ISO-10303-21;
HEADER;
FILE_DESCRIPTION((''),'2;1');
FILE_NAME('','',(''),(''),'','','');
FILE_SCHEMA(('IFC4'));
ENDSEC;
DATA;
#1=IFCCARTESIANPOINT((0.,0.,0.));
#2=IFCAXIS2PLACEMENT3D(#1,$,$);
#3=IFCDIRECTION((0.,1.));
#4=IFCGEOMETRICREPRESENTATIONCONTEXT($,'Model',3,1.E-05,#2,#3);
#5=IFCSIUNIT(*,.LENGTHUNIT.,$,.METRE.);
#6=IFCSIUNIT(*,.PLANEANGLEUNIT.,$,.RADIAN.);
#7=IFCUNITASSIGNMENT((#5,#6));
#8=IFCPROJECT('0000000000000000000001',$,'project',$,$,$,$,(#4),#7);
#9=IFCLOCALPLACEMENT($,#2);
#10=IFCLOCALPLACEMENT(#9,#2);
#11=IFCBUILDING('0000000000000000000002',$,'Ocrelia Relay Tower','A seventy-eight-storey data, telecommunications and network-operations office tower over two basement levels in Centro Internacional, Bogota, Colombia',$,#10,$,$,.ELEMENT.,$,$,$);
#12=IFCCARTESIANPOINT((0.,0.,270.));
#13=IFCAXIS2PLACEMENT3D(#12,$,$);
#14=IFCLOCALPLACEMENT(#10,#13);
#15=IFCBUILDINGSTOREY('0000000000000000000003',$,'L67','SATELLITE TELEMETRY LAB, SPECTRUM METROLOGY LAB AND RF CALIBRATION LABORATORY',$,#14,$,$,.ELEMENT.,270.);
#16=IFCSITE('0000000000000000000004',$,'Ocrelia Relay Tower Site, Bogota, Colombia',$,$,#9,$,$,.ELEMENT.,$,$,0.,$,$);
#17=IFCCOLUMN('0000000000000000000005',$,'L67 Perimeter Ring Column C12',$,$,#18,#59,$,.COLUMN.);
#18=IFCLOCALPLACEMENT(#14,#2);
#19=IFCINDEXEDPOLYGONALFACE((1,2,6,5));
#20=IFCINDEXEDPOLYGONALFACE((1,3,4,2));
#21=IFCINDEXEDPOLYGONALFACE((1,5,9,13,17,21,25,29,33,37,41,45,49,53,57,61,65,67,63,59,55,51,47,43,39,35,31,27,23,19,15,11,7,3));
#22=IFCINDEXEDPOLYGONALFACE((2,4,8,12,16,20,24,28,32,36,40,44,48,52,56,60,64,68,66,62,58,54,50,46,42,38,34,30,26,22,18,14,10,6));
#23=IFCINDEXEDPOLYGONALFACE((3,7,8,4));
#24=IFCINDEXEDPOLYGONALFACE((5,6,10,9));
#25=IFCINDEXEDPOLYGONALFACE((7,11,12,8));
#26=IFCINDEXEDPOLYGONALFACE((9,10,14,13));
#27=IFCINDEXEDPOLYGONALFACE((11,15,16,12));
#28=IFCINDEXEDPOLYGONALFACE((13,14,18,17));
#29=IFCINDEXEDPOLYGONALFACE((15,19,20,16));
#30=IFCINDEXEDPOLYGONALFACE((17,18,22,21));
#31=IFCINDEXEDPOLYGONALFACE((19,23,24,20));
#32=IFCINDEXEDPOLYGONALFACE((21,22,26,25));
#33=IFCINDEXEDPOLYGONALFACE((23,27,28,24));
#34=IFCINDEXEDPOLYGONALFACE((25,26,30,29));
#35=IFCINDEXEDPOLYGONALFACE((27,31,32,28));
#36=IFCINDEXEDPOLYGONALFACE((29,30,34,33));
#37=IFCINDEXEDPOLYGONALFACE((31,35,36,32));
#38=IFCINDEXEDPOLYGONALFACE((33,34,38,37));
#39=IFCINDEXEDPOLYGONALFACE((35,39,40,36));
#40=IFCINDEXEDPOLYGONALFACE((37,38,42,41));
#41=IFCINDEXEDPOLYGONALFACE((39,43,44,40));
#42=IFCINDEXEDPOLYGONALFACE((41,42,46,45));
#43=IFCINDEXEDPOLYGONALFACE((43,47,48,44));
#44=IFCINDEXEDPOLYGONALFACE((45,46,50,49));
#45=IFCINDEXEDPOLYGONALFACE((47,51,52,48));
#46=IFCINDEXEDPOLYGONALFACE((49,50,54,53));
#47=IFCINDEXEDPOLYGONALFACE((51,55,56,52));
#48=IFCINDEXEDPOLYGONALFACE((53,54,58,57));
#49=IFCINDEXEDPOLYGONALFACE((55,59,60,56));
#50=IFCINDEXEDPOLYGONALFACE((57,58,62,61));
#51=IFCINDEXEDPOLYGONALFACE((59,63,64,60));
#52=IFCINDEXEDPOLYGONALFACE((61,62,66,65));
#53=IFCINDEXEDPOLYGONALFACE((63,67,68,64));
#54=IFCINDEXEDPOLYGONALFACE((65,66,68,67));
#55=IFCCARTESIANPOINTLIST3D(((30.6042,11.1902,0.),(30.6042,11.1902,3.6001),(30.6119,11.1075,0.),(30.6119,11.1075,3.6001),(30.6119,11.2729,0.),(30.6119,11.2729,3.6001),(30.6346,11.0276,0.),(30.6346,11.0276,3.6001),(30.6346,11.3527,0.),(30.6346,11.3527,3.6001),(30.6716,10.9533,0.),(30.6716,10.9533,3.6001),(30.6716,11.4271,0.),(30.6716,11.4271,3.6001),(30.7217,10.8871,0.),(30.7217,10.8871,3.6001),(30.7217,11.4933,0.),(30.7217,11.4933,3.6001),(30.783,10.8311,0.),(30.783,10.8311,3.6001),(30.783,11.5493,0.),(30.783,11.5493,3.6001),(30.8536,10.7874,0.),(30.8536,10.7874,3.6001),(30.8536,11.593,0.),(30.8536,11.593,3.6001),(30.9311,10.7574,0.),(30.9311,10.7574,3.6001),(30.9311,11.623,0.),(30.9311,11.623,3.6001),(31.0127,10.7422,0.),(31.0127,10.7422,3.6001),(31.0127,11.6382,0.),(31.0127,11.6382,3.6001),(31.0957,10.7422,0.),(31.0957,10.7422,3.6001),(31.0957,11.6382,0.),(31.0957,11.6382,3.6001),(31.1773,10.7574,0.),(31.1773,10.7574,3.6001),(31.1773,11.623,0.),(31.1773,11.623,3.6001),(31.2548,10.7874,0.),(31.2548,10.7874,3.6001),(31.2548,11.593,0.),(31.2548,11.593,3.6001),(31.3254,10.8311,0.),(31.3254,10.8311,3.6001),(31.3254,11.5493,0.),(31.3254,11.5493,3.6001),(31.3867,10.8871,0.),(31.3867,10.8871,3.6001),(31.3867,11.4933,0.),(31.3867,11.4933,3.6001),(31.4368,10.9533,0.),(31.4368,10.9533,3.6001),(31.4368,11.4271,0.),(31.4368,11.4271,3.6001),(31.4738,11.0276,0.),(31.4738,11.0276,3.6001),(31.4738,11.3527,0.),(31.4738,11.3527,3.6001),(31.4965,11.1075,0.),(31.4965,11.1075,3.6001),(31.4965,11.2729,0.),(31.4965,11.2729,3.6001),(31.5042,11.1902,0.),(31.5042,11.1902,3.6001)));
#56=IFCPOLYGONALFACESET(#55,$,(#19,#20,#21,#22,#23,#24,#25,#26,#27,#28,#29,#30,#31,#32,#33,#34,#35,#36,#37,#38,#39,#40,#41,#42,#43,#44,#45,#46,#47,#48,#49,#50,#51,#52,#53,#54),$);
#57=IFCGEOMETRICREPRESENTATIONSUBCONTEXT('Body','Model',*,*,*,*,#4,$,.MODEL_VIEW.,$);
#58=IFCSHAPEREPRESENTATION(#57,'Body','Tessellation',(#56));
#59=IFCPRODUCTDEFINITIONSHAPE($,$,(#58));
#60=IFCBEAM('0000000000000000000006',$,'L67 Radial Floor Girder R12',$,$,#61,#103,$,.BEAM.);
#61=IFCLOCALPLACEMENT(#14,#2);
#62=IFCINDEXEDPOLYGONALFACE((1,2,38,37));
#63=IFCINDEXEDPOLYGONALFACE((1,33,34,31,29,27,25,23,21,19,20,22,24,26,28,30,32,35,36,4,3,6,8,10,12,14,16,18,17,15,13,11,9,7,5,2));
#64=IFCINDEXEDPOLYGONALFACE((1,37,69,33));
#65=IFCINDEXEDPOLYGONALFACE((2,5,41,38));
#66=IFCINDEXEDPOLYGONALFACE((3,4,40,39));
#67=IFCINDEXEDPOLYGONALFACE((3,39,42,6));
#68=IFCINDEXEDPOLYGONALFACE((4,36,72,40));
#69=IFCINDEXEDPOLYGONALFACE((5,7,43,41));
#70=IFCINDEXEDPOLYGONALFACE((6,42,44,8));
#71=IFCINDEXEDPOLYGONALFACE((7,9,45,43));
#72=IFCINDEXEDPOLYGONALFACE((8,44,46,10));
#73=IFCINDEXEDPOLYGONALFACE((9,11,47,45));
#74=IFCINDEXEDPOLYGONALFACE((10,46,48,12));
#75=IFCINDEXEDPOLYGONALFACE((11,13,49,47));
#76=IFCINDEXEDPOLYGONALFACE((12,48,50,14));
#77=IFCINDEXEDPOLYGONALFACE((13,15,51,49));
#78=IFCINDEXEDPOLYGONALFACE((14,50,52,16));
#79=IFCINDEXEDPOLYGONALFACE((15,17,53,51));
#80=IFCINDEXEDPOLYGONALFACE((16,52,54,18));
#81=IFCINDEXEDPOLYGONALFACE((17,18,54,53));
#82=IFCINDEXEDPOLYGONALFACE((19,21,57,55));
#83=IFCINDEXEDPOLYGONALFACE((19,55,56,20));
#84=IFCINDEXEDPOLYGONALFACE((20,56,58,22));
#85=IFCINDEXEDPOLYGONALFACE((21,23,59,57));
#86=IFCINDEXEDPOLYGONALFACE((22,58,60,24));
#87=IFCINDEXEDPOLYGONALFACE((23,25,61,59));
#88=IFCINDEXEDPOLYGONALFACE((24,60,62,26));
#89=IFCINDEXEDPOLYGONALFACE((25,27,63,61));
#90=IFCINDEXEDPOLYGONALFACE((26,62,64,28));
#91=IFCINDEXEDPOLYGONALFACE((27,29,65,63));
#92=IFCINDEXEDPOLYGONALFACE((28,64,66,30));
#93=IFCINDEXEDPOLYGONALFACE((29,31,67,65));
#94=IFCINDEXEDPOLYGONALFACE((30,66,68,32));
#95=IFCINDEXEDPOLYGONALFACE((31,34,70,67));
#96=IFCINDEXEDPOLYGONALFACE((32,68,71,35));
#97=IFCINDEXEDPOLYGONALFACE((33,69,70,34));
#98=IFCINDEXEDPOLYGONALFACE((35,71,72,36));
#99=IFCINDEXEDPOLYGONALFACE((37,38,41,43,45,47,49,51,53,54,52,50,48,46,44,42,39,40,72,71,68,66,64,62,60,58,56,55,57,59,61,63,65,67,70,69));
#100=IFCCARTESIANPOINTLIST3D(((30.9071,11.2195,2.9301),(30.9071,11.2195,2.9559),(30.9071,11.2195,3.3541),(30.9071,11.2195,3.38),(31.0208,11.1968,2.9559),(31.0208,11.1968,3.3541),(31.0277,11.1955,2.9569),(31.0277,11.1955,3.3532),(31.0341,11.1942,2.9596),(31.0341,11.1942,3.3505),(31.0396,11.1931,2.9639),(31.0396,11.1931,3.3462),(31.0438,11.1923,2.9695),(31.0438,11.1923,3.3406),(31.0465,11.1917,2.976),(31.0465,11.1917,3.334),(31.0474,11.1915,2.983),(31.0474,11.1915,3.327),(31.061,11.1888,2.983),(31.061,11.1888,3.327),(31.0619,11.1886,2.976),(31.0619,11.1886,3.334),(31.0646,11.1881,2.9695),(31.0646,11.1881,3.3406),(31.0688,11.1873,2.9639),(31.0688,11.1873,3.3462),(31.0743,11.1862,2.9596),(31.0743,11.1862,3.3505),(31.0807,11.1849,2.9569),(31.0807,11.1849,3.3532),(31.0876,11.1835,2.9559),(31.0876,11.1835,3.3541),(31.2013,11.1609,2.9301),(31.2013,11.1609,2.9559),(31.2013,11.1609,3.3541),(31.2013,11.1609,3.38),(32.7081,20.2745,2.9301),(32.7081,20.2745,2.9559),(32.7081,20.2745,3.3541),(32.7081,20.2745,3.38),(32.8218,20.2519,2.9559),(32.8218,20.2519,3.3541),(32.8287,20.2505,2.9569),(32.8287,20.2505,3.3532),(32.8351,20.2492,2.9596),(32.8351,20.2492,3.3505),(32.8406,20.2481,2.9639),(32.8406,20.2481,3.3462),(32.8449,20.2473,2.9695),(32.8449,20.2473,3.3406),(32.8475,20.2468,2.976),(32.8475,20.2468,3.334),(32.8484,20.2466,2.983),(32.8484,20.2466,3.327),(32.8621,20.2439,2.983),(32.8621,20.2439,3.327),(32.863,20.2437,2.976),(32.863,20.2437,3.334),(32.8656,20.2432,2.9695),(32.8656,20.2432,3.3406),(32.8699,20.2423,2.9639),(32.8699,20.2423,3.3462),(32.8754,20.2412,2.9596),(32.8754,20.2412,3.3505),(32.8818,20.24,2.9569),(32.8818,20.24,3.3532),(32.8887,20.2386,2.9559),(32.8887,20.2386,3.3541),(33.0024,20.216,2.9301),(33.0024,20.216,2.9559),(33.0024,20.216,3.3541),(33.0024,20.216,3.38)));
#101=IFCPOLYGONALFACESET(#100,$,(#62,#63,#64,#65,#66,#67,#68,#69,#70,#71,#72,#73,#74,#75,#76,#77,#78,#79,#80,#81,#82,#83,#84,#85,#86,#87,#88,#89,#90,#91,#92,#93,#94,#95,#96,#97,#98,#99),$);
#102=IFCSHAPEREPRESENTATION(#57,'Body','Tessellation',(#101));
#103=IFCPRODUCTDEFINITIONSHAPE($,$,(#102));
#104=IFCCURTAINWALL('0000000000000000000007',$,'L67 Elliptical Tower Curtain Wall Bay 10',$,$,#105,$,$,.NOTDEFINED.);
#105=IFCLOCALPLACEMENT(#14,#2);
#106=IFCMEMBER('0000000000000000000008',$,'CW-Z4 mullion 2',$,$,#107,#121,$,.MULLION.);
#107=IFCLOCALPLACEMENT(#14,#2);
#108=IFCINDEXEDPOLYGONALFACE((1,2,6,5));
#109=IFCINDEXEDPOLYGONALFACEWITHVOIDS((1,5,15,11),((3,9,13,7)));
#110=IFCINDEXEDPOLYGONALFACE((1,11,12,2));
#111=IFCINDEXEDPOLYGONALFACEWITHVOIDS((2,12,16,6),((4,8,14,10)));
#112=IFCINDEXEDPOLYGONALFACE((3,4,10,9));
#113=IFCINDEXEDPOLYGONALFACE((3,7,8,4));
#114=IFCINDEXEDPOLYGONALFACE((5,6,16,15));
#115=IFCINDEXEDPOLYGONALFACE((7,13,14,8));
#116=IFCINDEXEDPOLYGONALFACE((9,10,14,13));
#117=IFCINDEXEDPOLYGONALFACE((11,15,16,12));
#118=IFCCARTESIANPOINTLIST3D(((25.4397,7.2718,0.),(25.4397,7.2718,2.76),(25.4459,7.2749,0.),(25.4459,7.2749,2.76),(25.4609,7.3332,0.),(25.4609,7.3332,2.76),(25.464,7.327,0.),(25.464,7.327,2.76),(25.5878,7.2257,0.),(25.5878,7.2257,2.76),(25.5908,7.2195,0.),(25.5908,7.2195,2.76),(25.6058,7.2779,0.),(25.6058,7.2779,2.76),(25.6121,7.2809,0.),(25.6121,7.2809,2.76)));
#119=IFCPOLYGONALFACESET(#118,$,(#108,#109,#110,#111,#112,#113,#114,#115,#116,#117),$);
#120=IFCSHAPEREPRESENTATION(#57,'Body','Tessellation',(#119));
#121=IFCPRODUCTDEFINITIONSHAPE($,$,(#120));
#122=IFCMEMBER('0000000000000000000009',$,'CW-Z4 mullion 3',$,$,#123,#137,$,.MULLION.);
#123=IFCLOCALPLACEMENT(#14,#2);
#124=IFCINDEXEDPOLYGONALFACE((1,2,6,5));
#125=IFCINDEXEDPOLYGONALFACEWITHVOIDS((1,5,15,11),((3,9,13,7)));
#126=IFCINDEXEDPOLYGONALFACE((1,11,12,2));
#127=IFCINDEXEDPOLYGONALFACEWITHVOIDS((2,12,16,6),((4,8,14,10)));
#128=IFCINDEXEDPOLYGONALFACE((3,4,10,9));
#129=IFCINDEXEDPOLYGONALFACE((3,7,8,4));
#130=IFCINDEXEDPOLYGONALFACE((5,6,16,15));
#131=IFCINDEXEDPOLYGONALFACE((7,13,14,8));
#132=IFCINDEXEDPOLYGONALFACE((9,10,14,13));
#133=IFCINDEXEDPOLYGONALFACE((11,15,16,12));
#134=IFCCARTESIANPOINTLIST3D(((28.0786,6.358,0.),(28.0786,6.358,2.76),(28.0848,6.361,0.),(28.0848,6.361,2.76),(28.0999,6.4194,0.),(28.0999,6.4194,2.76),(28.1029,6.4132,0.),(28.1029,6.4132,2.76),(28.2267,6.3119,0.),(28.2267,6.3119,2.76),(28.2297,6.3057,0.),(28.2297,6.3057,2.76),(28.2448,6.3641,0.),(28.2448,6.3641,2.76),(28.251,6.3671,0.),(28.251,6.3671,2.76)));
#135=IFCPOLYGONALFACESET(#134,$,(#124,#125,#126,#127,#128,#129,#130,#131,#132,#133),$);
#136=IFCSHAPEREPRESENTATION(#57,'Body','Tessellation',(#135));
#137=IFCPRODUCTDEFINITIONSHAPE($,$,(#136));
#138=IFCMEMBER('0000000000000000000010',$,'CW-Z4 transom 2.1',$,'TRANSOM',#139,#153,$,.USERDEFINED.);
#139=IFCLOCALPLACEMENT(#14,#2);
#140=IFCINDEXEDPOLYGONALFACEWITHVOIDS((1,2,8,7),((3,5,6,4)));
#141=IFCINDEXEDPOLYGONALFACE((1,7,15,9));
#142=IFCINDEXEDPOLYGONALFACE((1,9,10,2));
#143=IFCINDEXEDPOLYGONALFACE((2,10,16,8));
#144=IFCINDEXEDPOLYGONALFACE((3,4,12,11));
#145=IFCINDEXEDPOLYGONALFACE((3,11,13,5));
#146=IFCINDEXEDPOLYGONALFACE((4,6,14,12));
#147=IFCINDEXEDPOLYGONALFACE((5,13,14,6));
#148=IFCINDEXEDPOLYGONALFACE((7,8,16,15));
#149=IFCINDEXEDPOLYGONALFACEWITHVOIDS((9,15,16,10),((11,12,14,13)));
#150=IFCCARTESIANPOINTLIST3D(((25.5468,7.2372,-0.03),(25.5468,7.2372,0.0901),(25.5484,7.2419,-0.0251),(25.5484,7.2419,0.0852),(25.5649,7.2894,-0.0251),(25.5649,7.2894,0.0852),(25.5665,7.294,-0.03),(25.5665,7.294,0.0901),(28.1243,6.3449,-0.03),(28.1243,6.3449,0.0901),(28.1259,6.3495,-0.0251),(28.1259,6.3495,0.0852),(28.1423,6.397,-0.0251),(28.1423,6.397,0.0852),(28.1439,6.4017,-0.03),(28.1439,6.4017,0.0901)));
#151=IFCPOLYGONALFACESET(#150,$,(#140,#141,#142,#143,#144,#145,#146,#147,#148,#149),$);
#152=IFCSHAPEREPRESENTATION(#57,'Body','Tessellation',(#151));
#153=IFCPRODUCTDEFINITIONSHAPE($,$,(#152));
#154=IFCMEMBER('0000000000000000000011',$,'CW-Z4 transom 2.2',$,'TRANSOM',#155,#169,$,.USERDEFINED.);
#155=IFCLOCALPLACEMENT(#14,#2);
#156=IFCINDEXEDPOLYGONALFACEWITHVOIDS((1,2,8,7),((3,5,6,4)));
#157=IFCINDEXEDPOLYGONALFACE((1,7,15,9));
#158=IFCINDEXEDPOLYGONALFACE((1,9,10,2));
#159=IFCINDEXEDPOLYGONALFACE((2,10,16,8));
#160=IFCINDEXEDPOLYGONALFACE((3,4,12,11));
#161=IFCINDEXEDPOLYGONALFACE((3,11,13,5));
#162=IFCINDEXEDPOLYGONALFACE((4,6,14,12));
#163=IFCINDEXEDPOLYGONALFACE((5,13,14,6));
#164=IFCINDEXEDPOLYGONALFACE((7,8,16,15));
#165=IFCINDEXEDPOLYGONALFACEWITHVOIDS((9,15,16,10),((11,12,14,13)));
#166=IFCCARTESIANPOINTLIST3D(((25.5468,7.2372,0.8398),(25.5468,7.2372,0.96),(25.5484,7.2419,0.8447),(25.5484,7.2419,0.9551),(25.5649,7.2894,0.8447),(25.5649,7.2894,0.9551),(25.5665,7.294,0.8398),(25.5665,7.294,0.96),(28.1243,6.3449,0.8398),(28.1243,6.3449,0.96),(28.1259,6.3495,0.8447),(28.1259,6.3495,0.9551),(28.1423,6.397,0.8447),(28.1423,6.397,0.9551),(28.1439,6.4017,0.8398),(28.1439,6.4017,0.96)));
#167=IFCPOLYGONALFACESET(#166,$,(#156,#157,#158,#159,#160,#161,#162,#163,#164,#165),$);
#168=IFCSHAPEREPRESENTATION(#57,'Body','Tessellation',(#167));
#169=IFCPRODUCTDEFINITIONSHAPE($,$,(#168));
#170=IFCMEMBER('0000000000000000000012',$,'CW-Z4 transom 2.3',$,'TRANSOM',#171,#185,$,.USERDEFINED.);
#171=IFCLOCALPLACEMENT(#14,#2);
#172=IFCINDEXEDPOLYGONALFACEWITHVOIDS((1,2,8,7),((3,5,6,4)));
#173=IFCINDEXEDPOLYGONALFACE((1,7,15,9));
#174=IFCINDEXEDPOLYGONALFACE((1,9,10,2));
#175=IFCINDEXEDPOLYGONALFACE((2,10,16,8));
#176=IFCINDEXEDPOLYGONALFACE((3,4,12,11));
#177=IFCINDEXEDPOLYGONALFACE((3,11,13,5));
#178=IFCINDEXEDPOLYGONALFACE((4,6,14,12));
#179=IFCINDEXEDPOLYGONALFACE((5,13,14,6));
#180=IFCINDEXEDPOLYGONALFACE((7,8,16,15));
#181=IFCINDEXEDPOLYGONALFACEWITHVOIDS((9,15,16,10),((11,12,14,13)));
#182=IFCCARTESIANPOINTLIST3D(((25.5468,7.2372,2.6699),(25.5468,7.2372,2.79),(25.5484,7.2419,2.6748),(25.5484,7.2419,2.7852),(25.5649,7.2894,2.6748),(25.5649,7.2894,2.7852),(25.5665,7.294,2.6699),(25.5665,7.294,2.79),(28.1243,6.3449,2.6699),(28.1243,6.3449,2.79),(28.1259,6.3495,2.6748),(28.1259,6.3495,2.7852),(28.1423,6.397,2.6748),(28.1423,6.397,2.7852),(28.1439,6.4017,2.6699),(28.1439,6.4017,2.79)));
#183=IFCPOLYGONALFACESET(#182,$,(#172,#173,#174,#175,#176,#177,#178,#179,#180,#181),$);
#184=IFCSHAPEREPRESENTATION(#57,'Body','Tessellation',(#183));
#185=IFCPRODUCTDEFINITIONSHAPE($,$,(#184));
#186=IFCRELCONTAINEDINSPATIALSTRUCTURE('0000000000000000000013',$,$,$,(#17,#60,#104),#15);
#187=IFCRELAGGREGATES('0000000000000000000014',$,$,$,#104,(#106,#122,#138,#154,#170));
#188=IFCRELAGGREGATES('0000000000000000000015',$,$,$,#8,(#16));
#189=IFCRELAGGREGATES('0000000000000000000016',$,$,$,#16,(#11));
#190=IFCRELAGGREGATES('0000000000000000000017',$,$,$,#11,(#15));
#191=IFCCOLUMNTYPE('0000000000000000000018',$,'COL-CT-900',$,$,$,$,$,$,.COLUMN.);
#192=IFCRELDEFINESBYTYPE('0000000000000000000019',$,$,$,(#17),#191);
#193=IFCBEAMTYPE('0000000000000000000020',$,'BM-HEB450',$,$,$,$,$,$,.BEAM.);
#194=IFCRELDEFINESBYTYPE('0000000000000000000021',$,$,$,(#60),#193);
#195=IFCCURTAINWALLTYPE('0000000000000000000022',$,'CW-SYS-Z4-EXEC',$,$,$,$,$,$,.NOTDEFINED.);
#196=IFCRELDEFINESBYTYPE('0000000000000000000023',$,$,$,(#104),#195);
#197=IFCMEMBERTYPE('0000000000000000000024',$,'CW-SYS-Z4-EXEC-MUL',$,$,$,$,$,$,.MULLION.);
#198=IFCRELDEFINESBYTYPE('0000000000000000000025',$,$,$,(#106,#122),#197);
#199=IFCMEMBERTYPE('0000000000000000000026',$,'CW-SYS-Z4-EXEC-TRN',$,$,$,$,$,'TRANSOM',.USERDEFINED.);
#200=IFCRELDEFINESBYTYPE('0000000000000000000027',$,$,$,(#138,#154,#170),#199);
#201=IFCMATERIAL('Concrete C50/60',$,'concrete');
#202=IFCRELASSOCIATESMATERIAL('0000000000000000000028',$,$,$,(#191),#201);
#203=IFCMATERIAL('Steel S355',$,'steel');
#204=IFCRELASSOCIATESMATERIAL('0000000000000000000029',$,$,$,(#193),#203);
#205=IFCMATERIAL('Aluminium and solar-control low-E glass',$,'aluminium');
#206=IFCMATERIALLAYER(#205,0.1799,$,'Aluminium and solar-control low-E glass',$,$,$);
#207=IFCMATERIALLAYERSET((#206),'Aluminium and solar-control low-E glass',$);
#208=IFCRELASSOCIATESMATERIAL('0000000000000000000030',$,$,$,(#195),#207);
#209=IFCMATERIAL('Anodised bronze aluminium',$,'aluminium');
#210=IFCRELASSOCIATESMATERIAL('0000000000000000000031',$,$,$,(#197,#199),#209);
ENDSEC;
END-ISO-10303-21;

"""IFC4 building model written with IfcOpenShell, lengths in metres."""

from ifc_helpers import new_model, si_unit, direction, frame, origin, origin_2d, place, context, subcontext, project, spatial, hollow_rectangle, circle, i_section, extrude, material, layer, layer_set, material_profile, profile_set, type_object, element, aggregate, save


model = new_model("IFC4")

# Units and contexts
model_context = context("Model", 3, precision=1e-05, world=origin(), true_north=direction((0.0, 1.0)))
body_context = subcontext(model_context, "Body", "Model", "MODEL_VIEW")
ifc_project = project(units=[si_unit("LENGTHUNIT", "METRE"), si_unit("PLANEANGLEUNIT", "RADIAN")], contexts=[model_context])

# Site, building, storey
site_placement = place(None, origin())
site = spatial("IfcSite", under=ifc_project, at=site_placement, Name="Ocrelia Relay Tower Site, Bogota, Colombia", CompositionType="ELEMENT", RefElevation=0.0)
building_placement = place(site_placement, origin())
building = spatial("IfcBuilding", under=site, at=building_placement, Name="Ocrelia Relay Tower", Description="A seventy-eight-storey data, telecommunications and network-operations office tower over two basement levels in Centro Internacional, Bogota, Colombia", CompositionType="ELEMENT")
storey_placement = place(building_placement, frame((0.0, 0.0, 270.0)))
storey = spatial("IfcBuildingStorey", under=building, at=storey_placement, Name="L67", Description="SATELLITE TELEMETRY LAB, SPECTRUM METROLOGY LAB AND RF CALIBRATION LABORATORY", CompositionType="ELEMENT", Elevation=270.0)

# Column
ifc_material_1 = material(Name="Concrete C50/60", Category="concrete")
ifc_material_profile_1 = material_profile(ifc_material_1, circle(Radius=0.45, at=origin_2d()), Name="RC-CIR-900")
ifc_profile_set_1 = profile_set([ifc_material_profile_1], Name="Concrete C50/60")
column_type = type_object("IfcColumnType", Name="COL-CT-900", PredefinedType="COLUMN", material=ifc_profile_set_1)
column_placement = place(storey_placement, frame((31.0542, 11.1902, 0.0), z_axis=(0.0, 0.0, 1.0), x_axis=(1.0, 0.0, 0.0)))
element("IfcColumn", 1, at=column_placement, inside=storey, type_object=column_type, Name="L67 Perimeter Ring Column C12", PredefinedType="COLUMN", context=body_context, shape_type="SweptSolid", body=[
    extrude(circle(Radius=0.45, at=origin_2d()), origin(), (0.0, 0.0, 1.0), 3.6001),
])

# Beam
ifc_material_2 = material(Name="Steel S355", Category="steel")
ifc_material_profile_2 = material_profile(ifc_material_2, i_section(OverallWidth=0.3, OverallDepth=0.45, WebThickness=0.0139, FlangeThickness=0.0259, FilletRadius=0.0271, at=origin_2d()), Name="HEB 450")
ifc_profile_set_2 = profile_set([ifc_material_profile_2], Name="Steel S355")
beam_type = type_object("IfcBeamType", Name="BM-HEB450", PredefinedType="BEAM", material=ifc_profile_set_2)
beam_placement = place(storey_placement, frame((31.0542, 11.1902, 3.155), z_axis=(0.195079, 0.980788, 0.0), x_axis=(-0.980788, 0.195079, 0.0)))
element("IfcBeam", 2, at=beam_placement, inside=storey, type_object=beam_type, Name="L67 Radial Floor Girder R12", PredefinedType="BEAM", context=body_context, shape_type="SweptSolid", body=[
    extrude(i_section(OverallWidth=0.3, OverallDepth=0.45, WebThickness=0.0139, FlangeThickness=0.0259, FilletRadius=0.0271, at=origin_2d()), origin(), (0.0, 0.0, 1.0), 9.2324),
])

# Curtain wall, members
ifc_material_3 = material(Name="Aluminium and solar-control low-E glass", Category="aluminium")
ifc_layer_1 = layer(ifc_material_3, 0.1799, Name="Aluminium and solar-control low-E glass")
ifc_layer_set_1 = layer_set([ifc_layer_1], Name="Aluminium and solar-control low-E glass")
curtain_wall_type = type_object("IfcCurtainWallType", Name="CW-SYS-Z4-EXEC", PredefinedType="NOTDEFINED", material=ifc_layer_set_1)
curtain_wall_placement = place(storey_placement, origin())
curtain_wall = element("IfcCurtainWall", 3, at=curtain_wall_placement, inside=storey, type_object=curtain_wall_type, Name="L67 Elliptical Tower Curtain Wall Bay 10", PredefinedType="NOTDEFINED")
ifc_material_4 = material(Name="Anodised bronze aluminium", Category="aluminium")
ifc_material_profile_3 = material_profile(ifc_material_4, hollow_rectangle(XDim=0.0649, YDim=0.1599, WallThickness=0.0049, at=origin_2d()), Name="CW-MUL-160x65")
ifc_profile_set_3 = profile_set([ifc_material_profile_3], Name="Anodised bronze aluminium")
member_type_1 = type_object("IfcMemberType", Name="CW-SYS-Z4-EXEC-MUL", PredefinedType="MULLION", material=ifc_profile_set_3)
member_1_placement = place(storey_placement, frame((25.5259, 7.2764, 0.0), z_axis=(0.0, 0.0, 1.0), x_axis=(0.327187, 0.94496, 0.0)))
member_1 = element("IfcMember", 4, at=member_1_placement, type_object=member_type_1, Name="CW-Z4 mullion 2", PredefinedType="MULLION", context=body_context, shape_type="SweptSolid", body=[
    extrude(hollow_rectangle(XDim=0.0649, YDim=0.1599, WallThickness=0.0049, at=origin_2d()), origin(), (0.0, 0.0, 1.0), 2.76),
])
member_2_placement = place(storey_placement, frame((28.1648, 6.3625, 0.0), z_axis=(0.0, 0.0, 1.0), x_axis=(0.327187, 0.94496, 0.0)))
member_2 = element("IfcMember", 5, at=member_2_placement, type_object=member_type_1, Name="CW-Z4 mullion 3", PredefinedType="MULLION", context=body_context, shape_type="SweptSolid", body=[
    extrude(hollow_rectangle(XDim=0.0649, YDim=0.1599, WallThickness=0.0049, at=origin_2d()), origin(), (0.0, 0.0, 1.0), 2.76),
])
ifc_material_profile_4 = material_profile(ifc_material_4, hollow_rectangle(XDim=0.0601, YDim=0.1201, WallThickness=0.0049, at=origin_2d()), Name="CW-TRN-120x60")
ifc_profile_set_4 = profile_set([ifc_material_profile_4], Name="Anodised bronze aluminium")
member_type_2 = type_object("IfcMemberType", Name="CW-SYS-Z4-EXEC-TRN", ElementType="TRANSOM", PredefinedType="USERDEFINED", material=ifc_profile_set_4)
member_3_placement = place(storey_placement, frame((25.5566, 7.2656, 0.03), z_axis=(0.944968, -0.327163, 0.0), x_axis=(0.327163, 0.944968, 0.0)))
member_3 = element("IfcMember", 6, at=member_3_placement, type_object=member_type_2, Name="CW-Z4 transom 2.1", ObjectType="TRANSOM", PredefinedType="USERDEFINED", context=body_context, shape_type="SweptSolid", body=[
    extrude(hollow_rectangle(XDim=0.0601, YDim=0.1201, WallThickness=0.0049, at=origin_2d()), origin(), (0.0, 0.0, 1.0), 2.7275),
])
member_4_placement = place(storey_placement, frame((25.5566, 7.2656, 0.8999), z_axis=(0.944968, -0.327163, 0.0), x_axis=(0.327163, 0.944968, 0.0)))
member_4 = element("IfcMember", 7, at=member_4_placement, type_object=member_type_2, Name="CW-Z4 transom 2.2", ObjectType="TRANSOM", PredefinedType="USERDEFINED", context=body_context, shape_type="SweptSolid", body=[
    extrude(hollow_rectangle(XDim=0.0601, YDim=0.1201, WallThickness=0.0049, at=origin_2d()), origin(), (0.0, 0.0, 1.0), 2.7275),
])
member_5_placement = place(storey_placement, frame((25.5566, 7.2656, 2.73), z_axis=(0.944968, -0.327163, 0.0), x_axis=(0.327163, 0.944968, 0.0)))
member_5 = element("IfcMember", 8, at=member_5_placement, type_object=member_type_2, Name="CW-Z4 transom 2.3", ObjectType="TRANSOM", PredefinedType="USERDEFINED", context=body_context, shape_type="SweptSolid", body=[
    extrude(hollow_rectangle(XDim=0.0601, YDim=0.1201, WallThickness=0.0049, at=origin_2d()), origin(), (0.0, 0.0, 1.0), 2.7275),
])
aggregate(curtain_wall, [member_1, member_2, member_3, member_4, member_5])

save(model, "model.ifc")
